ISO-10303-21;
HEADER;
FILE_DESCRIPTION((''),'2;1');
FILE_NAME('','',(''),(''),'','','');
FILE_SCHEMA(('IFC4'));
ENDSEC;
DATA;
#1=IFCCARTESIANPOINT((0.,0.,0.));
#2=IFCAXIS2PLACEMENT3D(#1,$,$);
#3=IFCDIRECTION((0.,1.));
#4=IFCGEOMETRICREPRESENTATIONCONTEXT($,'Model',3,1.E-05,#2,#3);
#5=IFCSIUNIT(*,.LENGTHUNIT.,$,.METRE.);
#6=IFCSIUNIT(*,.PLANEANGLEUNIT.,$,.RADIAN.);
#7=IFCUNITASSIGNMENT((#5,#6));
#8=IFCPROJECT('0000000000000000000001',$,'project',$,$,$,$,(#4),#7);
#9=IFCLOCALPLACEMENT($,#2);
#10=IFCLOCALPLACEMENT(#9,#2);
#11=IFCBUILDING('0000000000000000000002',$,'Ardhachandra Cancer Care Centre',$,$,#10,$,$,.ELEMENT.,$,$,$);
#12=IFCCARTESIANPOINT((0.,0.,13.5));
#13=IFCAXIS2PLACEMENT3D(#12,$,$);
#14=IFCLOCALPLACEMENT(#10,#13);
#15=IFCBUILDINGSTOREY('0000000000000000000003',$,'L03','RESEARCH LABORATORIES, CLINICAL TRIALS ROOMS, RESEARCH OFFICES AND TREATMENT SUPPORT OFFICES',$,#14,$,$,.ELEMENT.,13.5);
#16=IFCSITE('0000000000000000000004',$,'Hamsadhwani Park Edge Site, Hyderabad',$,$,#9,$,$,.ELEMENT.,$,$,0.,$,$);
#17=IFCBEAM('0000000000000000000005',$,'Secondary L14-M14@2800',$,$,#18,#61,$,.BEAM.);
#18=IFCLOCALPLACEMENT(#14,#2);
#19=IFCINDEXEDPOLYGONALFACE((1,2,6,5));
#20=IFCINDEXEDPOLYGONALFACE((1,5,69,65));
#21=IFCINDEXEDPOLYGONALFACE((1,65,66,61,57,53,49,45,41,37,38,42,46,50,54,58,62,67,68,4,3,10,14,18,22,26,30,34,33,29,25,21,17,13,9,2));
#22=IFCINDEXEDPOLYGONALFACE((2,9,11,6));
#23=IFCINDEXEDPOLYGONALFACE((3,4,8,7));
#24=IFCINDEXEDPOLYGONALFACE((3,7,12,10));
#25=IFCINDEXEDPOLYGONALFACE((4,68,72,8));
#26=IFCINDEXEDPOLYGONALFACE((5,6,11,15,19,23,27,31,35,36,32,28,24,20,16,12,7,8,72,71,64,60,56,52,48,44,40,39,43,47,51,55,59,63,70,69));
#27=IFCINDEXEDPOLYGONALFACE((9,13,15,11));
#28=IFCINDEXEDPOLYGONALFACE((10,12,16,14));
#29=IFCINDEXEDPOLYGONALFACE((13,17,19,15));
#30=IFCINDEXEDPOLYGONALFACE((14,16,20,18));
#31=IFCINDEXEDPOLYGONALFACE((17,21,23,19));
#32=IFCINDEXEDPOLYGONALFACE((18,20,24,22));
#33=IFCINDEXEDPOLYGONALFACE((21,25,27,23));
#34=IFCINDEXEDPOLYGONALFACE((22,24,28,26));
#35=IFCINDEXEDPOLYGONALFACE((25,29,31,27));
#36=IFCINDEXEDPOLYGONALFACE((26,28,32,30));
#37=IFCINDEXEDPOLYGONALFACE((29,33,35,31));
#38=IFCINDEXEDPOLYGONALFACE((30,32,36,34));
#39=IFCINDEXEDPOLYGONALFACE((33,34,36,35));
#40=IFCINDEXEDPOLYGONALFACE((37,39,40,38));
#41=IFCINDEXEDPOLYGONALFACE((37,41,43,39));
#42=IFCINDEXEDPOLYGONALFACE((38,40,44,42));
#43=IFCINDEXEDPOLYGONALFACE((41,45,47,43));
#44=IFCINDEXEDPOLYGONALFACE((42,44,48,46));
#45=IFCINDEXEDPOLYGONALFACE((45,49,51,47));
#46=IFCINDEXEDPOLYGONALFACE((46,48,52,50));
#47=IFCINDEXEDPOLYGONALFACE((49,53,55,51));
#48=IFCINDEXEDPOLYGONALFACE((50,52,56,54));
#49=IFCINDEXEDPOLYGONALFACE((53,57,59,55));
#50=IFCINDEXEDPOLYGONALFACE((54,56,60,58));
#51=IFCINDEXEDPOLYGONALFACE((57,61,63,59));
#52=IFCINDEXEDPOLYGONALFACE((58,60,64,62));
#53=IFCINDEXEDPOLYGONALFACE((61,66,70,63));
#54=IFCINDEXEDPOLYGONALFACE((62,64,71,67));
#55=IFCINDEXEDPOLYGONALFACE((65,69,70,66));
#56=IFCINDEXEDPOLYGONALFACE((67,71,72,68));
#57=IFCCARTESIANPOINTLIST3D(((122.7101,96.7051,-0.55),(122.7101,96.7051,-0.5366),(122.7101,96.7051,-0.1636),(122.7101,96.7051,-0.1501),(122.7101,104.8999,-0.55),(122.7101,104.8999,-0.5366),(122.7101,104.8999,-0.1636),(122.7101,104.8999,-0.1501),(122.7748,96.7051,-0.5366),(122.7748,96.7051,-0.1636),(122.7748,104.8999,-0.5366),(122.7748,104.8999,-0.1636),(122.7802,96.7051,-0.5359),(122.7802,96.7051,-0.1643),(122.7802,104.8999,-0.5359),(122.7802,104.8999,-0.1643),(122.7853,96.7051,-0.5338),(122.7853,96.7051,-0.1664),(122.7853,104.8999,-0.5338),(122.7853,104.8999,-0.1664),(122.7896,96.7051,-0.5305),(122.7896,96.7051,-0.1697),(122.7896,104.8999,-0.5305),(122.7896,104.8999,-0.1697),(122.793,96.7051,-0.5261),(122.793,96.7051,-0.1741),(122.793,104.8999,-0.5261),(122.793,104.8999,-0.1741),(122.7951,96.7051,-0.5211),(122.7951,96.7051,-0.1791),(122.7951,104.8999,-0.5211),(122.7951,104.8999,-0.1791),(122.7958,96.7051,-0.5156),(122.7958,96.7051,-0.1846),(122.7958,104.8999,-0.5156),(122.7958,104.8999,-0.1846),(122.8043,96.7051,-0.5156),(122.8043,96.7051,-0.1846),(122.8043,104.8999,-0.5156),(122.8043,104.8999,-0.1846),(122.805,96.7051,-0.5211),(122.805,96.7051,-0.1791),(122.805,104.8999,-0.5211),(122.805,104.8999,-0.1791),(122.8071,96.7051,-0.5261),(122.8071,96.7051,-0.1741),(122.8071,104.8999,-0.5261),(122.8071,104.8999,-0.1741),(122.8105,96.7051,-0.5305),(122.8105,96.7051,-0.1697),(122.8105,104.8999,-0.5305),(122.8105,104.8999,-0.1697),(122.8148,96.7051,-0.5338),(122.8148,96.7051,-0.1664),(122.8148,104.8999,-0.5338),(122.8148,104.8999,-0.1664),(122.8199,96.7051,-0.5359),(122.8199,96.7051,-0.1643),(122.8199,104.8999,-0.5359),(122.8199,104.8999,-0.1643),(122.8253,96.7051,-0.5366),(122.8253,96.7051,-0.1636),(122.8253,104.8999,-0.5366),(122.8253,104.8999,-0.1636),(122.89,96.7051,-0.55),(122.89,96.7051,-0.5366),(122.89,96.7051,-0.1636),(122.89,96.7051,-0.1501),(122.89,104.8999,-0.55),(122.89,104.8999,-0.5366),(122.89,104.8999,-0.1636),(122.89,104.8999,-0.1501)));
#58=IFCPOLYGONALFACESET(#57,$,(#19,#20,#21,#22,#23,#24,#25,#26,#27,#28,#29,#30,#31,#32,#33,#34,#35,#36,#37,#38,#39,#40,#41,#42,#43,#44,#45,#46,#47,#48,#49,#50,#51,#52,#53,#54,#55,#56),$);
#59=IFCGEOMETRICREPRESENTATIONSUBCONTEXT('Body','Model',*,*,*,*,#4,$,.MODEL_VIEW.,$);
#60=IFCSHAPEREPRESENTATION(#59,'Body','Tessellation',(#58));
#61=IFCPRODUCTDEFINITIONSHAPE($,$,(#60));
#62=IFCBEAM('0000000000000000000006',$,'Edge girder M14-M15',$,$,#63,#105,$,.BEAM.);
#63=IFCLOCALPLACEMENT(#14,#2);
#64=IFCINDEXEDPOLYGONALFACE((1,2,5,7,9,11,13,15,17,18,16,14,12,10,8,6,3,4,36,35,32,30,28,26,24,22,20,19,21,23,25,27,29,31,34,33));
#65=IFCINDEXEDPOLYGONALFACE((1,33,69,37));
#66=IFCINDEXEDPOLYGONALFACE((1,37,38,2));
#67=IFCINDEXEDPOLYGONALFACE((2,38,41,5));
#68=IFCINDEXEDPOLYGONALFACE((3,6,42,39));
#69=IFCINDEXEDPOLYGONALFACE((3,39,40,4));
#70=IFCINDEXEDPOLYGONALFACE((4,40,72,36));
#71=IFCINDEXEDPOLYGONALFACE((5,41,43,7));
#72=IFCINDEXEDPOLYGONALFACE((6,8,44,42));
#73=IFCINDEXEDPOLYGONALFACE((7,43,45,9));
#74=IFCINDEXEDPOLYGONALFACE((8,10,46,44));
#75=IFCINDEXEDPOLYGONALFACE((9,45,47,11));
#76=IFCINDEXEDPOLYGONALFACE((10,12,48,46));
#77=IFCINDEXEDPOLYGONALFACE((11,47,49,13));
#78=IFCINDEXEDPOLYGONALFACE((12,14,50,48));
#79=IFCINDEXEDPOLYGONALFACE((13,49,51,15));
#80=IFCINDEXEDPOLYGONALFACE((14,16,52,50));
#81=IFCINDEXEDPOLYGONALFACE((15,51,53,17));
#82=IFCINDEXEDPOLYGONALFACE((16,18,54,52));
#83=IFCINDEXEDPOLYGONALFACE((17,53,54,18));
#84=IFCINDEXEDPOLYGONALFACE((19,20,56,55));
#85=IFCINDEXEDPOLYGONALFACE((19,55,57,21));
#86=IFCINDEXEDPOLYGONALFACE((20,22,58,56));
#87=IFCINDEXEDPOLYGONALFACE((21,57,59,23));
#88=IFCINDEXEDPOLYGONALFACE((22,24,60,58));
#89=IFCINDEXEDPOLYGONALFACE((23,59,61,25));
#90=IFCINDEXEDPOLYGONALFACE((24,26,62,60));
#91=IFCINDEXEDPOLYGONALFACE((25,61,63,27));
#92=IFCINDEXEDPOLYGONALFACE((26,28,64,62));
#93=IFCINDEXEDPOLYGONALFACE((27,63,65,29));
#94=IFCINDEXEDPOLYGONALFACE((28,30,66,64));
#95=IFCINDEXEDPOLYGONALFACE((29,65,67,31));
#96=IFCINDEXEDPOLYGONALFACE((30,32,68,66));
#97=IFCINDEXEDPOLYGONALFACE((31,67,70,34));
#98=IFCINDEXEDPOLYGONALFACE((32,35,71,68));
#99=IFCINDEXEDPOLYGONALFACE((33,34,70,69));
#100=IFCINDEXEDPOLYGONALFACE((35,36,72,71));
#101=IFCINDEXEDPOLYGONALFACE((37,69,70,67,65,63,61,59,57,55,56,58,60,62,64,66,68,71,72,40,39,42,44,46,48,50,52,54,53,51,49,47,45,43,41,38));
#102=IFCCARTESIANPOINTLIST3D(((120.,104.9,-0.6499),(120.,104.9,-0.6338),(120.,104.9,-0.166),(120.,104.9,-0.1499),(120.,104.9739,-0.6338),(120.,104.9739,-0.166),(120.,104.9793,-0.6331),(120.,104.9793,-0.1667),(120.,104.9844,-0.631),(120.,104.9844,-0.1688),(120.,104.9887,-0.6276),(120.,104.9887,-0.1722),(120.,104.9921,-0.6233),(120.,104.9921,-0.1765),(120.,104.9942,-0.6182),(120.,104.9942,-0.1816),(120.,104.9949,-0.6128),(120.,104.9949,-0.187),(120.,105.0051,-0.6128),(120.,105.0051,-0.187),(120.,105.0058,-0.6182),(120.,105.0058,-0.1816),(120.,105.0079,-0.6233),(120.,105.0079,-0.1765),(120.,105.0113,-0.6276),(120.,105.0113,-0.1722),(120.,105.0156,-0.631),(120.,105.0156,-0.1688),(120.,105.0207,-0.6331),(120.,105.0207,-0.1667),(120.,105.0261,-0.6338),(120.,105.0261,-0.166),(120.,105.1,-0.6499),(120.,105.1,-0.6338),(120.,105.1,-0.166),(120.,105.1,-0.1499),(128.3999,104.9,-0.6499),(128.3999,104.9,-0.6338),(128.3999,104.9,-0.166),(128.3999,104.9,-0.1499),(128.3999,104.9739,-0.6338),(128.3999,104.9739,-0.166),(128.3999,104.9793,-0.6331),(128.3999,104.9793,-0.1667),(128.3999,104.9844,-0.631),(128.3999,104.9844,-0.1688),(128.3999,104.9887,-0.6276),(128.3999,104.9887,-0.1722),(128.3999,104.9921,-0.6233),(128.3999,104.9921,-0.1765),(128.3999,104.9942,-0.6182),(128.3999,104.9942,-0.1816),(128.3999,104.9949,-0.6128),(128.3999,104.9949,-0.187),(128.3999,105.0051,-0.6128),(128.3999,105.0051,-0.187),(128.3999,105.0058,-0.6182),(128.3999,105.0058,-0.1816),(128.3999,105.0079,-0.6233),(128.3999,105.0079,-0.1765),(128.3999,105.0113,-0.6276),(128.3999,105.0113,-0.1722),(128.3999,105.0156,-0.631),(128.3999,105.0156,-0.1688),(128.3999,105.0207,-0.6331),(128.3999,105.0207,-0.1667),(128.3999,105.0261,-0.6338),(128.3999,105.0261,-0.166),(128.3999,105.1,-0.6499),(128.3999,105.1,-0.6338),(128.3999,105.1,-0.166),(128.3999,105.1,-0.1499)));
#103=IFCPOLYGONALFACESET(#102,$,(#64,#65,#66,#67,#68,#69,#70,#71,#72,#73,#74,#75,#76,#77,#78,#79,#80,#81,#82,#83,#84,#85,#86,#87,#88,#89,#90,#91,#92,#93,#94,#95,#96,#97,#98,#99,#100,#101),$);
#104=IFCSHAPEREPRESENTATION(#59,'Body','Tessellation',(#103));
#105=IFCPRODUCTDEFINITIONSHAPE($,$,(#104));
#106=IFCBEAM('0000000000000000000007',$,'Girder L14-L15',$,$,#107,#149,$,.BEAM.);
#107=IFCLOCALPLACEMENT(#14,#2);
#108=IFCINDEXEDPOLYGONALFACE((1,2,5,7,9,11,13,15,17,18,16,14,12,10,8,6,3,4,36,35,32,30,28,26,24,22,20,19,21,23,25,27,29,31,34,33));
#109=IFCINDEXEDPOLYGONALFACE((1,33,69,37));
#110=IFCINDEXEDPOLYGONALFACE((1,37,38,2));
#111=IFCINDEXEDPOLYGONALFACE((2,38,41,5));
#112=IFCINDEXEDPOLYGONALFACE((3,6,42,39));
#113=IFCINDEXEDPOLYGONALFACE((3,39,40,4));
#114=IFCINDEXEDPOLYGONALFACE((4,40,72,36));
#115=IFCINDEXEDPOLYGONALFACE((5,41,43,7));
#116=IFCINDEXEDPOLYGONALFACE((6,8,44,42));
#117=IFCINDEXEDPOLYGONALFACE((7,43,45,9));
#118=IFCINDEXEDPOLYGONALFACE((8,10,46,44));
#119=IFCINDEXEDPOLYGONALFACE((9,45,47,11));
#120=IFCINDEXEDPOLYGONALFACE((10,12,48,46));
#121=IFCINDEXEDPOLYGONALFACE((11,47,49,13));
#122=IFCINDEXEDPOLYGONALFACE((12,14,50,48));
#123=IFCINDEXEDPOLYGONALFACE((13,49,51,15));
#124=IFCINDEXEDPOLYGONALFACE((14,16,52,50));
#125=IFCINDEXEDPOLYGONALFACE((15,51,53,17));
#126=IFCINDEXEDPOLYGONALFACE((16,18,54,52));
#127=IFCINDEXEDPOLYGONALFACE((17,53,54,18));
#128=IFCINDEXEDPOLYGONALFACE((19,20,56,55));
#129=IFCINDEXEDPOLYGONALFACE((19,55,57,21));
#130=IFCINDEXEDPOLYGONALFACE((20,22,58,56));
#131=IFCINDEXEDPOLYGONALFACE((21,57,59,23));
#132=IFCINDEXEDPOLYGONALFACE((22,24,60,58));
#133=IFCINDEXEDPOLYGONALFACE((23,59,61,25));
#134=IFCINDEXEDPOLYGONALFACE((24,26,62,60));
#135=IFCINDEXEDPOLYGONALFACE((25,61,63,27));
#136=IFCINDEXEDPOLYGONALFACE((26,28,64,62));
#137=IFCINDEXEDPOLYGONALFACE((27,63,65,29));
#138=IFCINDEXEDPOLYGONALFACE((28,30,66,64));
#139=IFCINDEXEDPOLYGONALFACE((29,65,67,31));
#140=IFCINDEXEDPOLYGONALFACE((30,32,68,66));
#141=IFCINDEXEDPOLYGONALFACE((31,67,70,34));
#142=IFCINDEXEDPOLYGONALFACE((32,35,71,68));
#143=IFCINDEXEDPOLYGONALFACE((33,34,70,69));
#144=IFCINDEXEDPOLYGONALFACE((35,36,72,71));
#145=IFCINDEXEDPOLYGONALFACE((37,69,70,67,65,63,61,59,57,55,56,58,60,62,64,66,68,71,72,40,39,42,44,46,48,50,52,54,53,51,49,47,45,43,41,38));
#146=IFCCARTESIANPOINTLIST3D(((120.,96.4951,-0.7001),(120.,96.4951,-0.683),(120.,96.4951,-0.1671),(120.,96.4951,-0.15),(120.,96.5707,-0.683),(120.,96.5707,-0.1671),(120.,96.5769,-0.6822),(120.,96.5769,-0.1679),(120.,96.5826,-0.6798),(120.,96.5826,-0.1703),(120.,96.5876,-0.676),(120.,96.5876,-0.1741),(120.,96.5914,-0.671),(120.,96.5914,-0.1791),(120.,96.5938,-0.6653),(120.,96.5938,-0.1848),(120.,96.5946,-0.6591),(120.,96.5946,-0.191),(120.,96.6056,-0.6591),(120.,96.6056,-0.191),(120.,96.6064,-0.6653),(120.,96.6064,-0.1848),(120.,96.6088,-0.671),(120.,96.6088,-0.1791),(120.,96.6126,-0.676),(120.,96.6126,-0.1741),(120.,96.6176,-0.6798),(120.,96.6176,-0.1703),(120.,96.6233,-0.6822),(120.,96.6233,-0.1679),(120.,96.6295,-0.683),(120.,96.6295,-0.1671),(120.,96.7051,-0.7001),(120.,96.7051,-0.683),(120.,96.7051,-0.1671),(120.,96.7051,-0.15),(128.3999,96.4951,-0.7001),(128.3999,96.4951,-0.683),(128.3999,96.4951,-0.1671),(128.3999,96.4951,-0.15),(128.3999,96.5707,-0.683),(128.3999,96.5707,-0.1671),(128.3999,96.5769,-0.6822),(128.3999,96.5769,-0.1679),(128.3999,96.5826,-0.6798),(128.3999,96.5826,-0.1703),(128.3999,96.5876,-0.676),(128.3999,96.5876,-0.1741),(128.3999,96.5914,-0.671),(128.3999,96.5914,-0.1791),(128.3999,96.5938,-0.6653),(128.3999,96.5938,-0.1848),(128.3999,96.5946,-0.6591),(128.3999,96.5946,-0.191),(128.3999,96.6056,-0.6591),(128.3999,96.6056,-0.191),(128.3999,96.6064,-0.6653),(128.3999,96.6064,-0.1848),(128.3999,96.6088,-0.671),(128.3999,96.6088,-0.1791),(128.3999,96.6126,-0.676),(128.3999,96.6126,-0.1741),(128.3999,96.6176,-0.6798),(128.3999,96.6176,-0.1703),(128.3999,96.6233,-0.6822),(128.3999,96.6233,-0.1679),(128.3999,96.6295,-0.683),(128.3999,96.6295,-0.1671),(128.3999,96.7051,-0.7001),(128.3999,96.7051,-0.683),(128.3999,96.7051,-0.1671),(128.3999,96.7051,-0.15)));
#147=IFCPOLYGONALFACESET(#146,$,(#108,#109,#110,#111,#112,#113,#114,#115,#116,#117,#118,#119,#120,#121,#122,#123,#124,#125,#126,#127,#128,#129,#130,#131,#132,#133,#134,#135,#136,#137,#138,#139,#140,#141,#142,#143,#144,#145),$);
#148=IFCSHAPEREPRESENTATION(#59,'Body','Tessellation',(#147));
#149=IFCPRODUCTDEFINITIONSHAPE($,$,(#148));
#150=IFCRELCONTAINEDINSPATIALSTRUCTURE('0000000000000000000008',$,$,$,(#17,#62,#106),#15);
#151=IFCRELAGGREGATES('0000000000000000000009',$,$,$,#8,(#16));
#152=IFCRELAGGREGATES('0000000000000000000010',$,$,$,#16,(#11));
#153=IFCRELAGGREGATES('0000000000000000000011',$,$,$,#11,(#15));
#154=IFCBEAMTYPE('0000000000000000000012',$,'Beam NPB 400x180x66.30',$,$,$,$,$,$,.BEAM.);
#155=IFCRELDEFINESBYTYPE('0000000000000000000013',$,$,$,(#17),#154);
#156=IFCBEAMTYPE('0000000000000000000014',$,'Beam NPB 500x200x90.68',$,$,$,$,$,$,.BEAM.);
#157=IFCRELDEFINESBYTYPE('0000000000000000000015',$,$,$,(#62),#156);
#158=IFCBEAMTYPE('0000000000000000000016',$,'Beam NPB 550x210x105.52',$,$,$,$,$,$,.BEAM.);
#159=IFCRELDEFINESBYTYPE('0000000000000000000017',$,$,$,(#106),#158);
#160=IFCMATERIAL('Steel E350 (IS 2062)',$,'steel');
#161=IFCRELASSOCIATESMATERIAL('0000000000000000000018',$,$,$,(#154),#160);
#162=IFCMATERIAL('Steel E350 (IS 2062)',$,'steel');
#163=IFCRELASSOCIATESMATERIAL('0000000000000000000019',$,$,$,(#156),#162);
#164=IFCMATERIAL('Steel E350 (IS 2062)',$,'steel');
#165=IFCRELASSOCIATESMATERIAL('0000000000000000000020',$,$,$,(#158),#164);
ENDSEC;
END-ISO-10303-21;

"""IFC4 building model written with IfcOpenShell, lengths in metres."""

from ifc_helpers import new_model, si_unit, direction, frame, origin, origin_2d, place, context, subcontext, project, spatial, i_section, extrude, material, material_profile, profile_set, type_object, element, save


model = new_model("IFC4")

# Units and contexts
model_context = context("Model", 3, precision=1e-05, world=origin(), true_north=direction((0.0, 1.0)))
body_context = subcontext(model_context, "Body", "Model", "MODEL_VIEW")
ifc_project = project(units=[si_unit("LENGTHUNIT", "METRE"), si_unit("PLANEANGLEUNIT", "RADIAN")], contexts=[model_context])

# Site, building, storey
site_placement = place(None, origin())
site = spatial("IfcSite", under=ifc_project, at=site_placement, Name="Hamsadhwani Park Edge Site, Hyderabad", CompositionType="ELEMENT", RefElevation=0.0)
building_placement = place(site_placement, origin())
building = spatial("IfcBuilding", under=site, at=building_placement, Name="Ardhachandra Cancer Care Centre", CompositionType="ELEMENT")
storey_placement = place(building_placement, frame((0.0, 0.0, 13.5)))
storey = spatial("IfcBuildingStorey", under=building, at=storey_placement, Name="L03", Description="RESEARCH LABORATORIES, CLINICAL TRIALS ROOMS, RESEARCH OFFICES AND TREATMENT SUPPORT OFFICES", CompositionType="ELEMENT", Elevation=13.5)

# Beams
ifc_material_1 = material(Name="Steel E350 (IS 2062)", Category="steel")
ifc_material_profile_1 = material_profile(ifc_material_1, i_section(OverallWidth=0.1799, OverallDepth=0.3999, WebThickness=0.0085, FlangeThickness=0.0134, FilletRadius=0.021, at=origin_2d()), Name="NPB 400x180x66.30")
ifc_profile_set_1 = profile_set([ifc_material_profile_1], Name="Steel E350 (IS 2062)")
beam_type_1 = type_object("IfcBeamType", Name="Beam NPB 400x180x66.30", PredefinedType="BEAM", material=ifc_profile_set_1)
beam_1_placement = place(storey_placement, frame((122.8, 96.7051, -0.3501), z_axis=(0.0, 1.0, 0.0), x_axis=(-1.0, 0.0, 0.0)))
element("IfcBeam", 1, at=beam_1_placement, inside=storey, type_object=beam_type_1, Name="Secondary L14-M14@2800", PredefinedType="BEAM", context=body_context, shape_type="SweptSolid", body=[
    extrude(i_section(OverallWidth=0.1799, OverallDepth=0.3999, WebThickness=0.0085, FlangeThickness=0.0134, FilletRadius=0.021, at=origin_2d()), origin(), (0.0, 0.0, 1.0), 8.1948),
])
ifc_material_2 = material(Name="Steel E350 (IS 2062)", Category="steel")
ifc_material_profile_2 = material_profile(ifc_material_2, i_section(OverallWidth=0.2, OverallDepth=0.5, WebThickness=0.0103, FlangeThickness=0.0161, FilletRadius=0.021, at=origin_2d()), Name="NPB 500x200x90.68")
ifc_profile_set_2 = profile_set([ifc_material_profile_2], Name="Steel E350 (IS 2062)")
beam_type_2 = type_object("IfcBeamType", Name="Beam NPB 500x200x90.68", PredefinedType="BEAM", material=ifc_profile_set_2)
beam_2_placement = place(storey_placement, frame((120.0, 105.0, -0.3999), z_axis=(1.0, 0.0, 0.0), x_axis=(0.0, 1.0, 0.0)))
element("IfcBeam", 2, at=beam_2_placement, inside=storey, type_object=beam_type_2, Name="Edge girder M14-M15", PredefinedType="BEAM", context=body_context, shape_type="SweptSolid", body=[
    extrude(i_section(OverallWidth=0.2, OverallDepth=0.5, WebThickness=0.0103, FlangeThickness=0.0161, FilletRadius=0.021, at=origin_2d()), origin(), (0.0, 0.0, 1.0), 8.3999),
])
ifc_material_3 = material(Name="Steel E350 (IS 2062)", Category="steel")
ifc_material_profile_3 = material_profile(ifc_material_3, i_section(OverallWidth=0.21, OverallDepth=0.55, WebThickness=0.011, FlangeThickness=0.0171, FilletRadius=0.0239, at=origin_2d()), Name="NPB 550x210x105.52")
ifc_profile_set_3 = profile_set([ifc_material_profile_3], Name="Steel E350 (IS 2062)")
beam_type_3 = type_object("IfcBeamType", Name="Beam NPB 550x210x105.52", PredefinedType="BEAM", material=ifc_profile_set_3)
beam_3_placement = place(storey_placement, frame((120.0, 96.6001, -0.425), z_axis=(1.0, 0.0, 0.0), x_axis=(0.0, 1.0, 0.0)))
element("IfcBeam", 3, at=beam_3_placement, inside=storey, type_object=beam_type_3, Name="Girder L14-L15", PredefinedType="BEAM", context=body_context, shape_type="SweptSolid", body=[
    extrude(i_section(OverallWidth=0.21, OverallDepth=0.55, WebThickness=0.011, FlangeThickness=0.0171, FilletRadius=0.0239, at=origin_2d()), origin(), (0.0, 0.0, 1.0), 8.3999),
])

save(model, "model.ifc")
